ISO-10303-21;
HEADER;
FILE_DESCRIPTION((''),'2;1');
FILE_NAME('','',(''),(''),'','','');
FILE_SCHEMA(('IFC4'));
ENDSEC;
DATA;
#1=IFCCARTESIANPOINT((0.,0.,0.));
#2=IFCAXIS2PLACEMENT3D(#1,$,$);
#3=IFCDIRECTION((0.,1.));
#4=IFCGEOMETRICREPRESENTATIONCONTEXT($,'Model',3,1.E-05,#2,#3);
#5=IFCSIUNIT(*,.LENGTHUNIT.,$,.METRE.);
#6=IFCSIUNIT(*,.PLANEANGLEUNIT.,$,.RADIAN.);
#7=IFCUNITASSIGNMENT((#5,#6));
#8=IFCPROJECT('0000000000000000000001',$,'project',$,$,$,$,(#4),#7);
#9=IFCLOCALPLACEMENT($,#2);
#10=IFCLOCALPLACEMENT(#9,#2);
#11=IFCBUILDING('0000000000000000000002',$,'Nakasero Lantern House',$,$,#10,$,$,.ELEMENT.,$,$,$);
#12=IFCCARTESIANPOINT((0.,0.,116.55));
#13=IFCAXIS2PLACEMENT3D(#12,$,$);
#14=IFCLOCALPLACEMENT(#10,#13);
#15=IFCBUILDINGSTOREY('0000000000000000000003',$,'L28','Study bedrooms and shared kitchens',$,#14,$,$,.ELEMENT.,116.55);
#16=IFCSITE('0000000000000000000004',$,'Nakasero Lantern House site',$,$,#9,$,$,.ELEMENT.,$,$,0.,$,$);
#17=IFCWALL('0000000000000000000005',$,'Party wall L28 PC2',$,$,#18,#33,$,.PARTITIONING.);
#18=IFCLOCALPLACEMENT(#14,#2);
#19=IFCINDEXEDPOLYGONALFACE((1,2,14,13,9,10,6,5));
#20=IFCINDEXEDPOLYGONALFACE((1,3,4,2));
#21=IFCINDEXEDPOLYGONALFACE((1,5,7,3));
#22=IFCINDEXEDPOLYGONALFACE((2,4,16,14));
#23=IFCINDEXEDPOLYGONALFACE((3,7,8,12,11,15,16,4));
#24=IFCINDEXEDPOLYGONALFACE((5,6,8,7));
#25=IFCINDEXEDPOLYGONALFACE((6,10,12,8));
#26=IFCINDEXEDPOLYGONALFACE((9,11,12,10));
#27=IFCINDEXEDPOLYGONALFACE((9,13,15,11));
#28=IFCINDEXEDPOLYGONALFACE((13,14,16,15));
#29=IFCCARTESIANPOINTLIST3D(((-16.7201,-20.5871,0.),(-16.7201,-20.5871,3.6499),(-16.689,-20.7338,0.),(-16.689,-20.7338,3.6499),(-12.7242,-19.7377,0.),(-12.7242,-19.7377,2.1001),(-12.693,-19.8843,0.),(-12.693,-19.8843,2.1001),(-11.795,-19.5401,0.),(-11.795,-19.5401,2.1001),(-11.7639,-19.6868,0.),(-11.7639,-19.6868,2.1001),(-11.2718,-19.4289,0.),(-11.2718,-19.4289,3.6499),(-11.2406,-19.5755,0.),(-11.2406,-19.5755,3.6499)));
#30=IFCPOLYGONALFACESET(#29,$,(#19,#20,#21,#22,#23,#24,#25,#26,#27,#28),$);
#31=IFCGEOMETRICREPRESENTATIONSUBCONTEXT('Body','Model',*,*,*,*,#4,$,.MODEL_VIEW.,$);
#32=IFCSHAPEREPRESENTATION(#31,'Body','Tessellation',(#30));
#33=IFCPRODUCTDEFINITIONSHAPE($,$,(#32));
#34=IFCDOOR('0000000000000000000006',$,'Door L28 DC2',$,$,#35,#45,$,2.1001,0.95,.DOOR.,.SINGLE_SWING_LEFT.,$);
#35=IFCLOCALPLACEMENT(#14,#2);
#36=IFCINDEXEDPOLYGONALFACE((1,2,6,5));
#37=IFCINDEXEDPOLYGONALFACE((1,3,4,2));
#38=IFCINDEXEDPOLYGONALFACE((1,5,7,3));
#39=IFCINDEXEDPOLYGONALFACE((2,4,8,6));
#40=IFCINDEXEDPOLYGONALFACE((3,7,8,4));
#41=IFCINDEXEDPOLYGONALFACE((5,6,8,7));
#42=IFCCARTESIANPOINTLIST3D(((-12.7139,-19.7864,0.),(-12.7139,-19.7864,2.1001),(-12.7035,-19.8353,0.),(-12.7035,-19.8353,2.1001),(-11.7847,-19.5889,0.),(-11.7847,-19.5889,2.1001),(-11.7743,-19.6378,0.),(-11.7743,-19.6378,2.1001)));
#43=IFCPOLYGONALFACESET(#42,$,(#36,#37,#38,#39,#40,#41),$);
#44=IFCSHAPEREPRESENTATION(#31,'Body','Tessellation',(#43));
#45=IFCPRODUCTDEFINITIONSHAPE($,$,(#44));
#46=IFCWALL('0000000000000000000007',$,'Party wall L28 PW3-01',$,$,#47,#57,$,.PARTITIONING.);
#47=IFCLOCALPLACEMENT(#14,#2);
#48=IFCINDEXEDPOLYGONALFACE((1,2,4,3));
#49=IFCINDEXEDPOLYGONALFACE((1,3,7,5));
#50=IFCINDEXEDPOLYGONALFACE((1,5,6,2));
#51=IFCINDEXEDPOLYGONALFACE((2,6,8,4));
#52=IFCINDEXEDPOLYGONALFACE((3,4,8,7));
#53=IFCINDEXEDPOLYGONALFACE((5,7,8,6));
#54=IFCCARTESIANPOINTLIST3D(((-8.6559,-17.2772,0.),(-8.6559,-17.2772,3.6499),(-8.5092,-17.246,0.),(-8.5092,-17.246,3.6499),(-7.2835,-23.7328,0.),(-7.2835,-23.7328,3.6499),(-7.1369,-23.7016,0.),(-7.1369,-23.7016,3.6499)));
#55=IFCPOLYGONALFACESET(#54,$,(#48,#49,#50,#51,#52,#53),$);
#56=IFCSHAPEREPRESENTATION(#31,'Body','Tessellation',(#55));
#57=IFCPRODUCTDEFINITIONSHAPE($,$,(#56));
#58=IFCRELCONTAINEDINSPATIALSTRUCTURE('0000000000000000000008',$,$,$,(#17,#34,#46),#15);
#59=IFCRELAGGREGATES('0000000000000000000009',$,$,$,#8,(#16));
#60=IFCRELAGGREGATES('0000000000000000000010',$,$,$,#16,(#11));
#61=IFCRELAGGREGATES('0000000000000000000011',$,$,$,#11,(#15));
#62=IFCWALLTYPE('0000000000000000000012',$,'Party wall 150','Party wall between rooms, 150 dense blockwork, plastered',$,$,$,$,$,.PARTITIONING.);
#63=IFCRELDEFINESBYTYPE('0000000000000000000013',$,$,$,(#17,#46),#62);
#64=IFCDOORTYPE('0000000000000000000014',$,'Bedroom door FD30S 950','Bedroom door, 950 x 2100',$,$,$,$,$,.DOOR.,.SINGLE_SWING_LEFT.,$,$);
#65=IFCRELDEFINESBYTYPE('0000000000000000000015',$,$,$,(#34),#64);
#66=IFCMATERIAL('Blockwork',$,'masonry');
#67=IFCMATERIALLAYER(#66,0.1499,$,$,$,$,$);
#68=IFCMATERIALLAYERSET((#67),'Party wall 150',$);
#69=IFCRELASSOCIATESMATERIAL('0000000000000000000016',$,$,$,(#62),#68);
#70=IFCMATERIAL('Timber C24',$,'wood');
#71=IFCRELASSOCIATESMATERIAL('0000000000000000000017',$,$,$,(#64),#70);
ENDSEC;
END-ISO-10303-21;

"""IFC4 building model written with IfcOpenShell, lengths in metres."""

from ifc_helpers import new_model, si_unit, direction, frame, frame_2d, origin, place, context, subcontext, project, spatial, rectangle, extrude, material, layer, layer_set, type_object, element, fill, save


model = new_model("IFC4")

# Units and contexts
model_context = context("Model", 3, precision=1e-05, world=origin(), true_north=direction((0.0, 1.0)))
body_context = subcontext(model_context, "Body", "Model", "MODEL_VIEW")
ifc_project = project(units=[si_unit("LENGTHUNIT", "METRE"), si_unit("PLANEANGLEUNIT", "RADIAN")], contexts=[model_context])

# Site, building, storey
site_placement = place(None, origin())
site = spatial("IfcSite", under=ifc_project, at=site_placement, Name="Nakasero Lantern House site", CompositionType="ELEMENT", RefElevation=0.0)
building_placement = place(site_placement, origin())
building = spatial("IfcBuilding", under=site, at=building_placement, Name="Nakasero Lantern House", CompositionType="ELEMENT")
storey_placement = place(building_placement, frame((0.0, 0.0, 116.55)))
storey = spatial("IfcBuildingStorey", under=building, at=storey_placement, Name="L28", Description="Study bedrooms and shared kitchens", CompositionType="ELEMENT", Elevation=116.55)

# Wall, opening, door
ifc_material_1 = material(Name="Blockwork", Category="masonry")
ifc_layer_1 = layer(ifc_material_1, 0.1499)
ifc_layer_set_1 = layer_set([ifc_layer_1], Name="Party wall 150")
wall_type_1 = type_object("IfcWallType", Name="Party wall 150", Description="Party wall between rooms, 150 dense blockwork, plastered", PredefinedType="PARTITIONING", material=ifc_layer_set_1)
wall_1_placement = place(storey_placement, frame((-11.2561, -19.5022, 0.0), z_axis=(0.0, 0.0, 1.0), x_axis=(-0.978142, -0.207936, 0.0)))
wall_1 = element("IfcWall", 1, at=wall_1_placement, inside=storey, type_object=wall_type_1, Name="Party wall L28 PC2", PredefinedType="PARTITIONING", context=body_context, shape_type="SweptSolid", body=[
    extrude(rectangle(XDim=5.5701, YDim=0.1499, at=frame_2d((2.7852, 0.0))), origin(), (0.0, 0.0, 1.0), 3.6499),
])
opening_1_placement = place(wall_1_placement, frame((0.5349, 0.0, 0.0)))
opening_1 = element("IfcOpeningElement", 2, at=opening_1_placement, cuts=wall_1, PredefinedType="OPENING", context=body_context, shape_type="SweptSolid", body=[
    extrude(rectangle(XDim=0.95, YDim=2.1001, at=frame_2d((0.4751, 1.05))), frame((0.0, 0.095, 0.0), z_axis=(0.0, -1.0, 0.0), x_axis=(1.0, 0.0, 0.0)), (0.0, 0.0, 1.0), 0.1899),
])
ifc_material_2 = material(Name="Timber C24", Category="wood")
door_type_1 = type_object("IfcDoorType", Name="Bedroom door FD30S 950", Description="Bedroom door, 950 x 2100", OperationType="SINGLE_SWING_LEFT", PredefinedType="DOOR", material=ifc_material_2)
door_1_placement = place(opening_1_placement, origin())
door_1 = element("IfcDoor", 3, at=door_1_placement, inside=storey, type_object=door_type_1, Name="Door L28 DC2", OperationType="SINGLE_SWING_LEFT", OverallHeight=2.1001, OverallWidth=0.95, PredefinedType="DOOR", context=body_context, shape_type="SweptSolid", body=[
    extrude(rectangle(XDim=0.95, YDim=2.1001, at=frame_2d((0.4751, 1.05))), frame((0.0, 0.0249, 0.0), z_axis=(0.0, -1.0, 0.0), x_axis=(1.0, 0.0, 0.0)), (0.0, 0.0, 1.0), 0.05),
])
fill(opening_1, door_1)

# Wall
wall_2_placement = place(storey_placement, frame((-8.5825, -17.2617, 0.0), z_axis=(0.0, 0.0, 1.0), x_axis=(0.207932, -0.978143, 0.0)))
element("IfcWall", 4, at=wall_2_placement, inside=storey, type_object=wall_type_1, Name="Party wall L28 PW3-01", PredefinedType="PARTITIONING", context=body_context, shape_type="SweptSolid", body=[
    extrude(rectangle(XDim=6.5999, YDim=0.1499, at=frame_2d((3.2998, 0.0))), origin(), (0.0, 0.0, 1.0), 3.6499),
])

save(model, "model.ifc")
